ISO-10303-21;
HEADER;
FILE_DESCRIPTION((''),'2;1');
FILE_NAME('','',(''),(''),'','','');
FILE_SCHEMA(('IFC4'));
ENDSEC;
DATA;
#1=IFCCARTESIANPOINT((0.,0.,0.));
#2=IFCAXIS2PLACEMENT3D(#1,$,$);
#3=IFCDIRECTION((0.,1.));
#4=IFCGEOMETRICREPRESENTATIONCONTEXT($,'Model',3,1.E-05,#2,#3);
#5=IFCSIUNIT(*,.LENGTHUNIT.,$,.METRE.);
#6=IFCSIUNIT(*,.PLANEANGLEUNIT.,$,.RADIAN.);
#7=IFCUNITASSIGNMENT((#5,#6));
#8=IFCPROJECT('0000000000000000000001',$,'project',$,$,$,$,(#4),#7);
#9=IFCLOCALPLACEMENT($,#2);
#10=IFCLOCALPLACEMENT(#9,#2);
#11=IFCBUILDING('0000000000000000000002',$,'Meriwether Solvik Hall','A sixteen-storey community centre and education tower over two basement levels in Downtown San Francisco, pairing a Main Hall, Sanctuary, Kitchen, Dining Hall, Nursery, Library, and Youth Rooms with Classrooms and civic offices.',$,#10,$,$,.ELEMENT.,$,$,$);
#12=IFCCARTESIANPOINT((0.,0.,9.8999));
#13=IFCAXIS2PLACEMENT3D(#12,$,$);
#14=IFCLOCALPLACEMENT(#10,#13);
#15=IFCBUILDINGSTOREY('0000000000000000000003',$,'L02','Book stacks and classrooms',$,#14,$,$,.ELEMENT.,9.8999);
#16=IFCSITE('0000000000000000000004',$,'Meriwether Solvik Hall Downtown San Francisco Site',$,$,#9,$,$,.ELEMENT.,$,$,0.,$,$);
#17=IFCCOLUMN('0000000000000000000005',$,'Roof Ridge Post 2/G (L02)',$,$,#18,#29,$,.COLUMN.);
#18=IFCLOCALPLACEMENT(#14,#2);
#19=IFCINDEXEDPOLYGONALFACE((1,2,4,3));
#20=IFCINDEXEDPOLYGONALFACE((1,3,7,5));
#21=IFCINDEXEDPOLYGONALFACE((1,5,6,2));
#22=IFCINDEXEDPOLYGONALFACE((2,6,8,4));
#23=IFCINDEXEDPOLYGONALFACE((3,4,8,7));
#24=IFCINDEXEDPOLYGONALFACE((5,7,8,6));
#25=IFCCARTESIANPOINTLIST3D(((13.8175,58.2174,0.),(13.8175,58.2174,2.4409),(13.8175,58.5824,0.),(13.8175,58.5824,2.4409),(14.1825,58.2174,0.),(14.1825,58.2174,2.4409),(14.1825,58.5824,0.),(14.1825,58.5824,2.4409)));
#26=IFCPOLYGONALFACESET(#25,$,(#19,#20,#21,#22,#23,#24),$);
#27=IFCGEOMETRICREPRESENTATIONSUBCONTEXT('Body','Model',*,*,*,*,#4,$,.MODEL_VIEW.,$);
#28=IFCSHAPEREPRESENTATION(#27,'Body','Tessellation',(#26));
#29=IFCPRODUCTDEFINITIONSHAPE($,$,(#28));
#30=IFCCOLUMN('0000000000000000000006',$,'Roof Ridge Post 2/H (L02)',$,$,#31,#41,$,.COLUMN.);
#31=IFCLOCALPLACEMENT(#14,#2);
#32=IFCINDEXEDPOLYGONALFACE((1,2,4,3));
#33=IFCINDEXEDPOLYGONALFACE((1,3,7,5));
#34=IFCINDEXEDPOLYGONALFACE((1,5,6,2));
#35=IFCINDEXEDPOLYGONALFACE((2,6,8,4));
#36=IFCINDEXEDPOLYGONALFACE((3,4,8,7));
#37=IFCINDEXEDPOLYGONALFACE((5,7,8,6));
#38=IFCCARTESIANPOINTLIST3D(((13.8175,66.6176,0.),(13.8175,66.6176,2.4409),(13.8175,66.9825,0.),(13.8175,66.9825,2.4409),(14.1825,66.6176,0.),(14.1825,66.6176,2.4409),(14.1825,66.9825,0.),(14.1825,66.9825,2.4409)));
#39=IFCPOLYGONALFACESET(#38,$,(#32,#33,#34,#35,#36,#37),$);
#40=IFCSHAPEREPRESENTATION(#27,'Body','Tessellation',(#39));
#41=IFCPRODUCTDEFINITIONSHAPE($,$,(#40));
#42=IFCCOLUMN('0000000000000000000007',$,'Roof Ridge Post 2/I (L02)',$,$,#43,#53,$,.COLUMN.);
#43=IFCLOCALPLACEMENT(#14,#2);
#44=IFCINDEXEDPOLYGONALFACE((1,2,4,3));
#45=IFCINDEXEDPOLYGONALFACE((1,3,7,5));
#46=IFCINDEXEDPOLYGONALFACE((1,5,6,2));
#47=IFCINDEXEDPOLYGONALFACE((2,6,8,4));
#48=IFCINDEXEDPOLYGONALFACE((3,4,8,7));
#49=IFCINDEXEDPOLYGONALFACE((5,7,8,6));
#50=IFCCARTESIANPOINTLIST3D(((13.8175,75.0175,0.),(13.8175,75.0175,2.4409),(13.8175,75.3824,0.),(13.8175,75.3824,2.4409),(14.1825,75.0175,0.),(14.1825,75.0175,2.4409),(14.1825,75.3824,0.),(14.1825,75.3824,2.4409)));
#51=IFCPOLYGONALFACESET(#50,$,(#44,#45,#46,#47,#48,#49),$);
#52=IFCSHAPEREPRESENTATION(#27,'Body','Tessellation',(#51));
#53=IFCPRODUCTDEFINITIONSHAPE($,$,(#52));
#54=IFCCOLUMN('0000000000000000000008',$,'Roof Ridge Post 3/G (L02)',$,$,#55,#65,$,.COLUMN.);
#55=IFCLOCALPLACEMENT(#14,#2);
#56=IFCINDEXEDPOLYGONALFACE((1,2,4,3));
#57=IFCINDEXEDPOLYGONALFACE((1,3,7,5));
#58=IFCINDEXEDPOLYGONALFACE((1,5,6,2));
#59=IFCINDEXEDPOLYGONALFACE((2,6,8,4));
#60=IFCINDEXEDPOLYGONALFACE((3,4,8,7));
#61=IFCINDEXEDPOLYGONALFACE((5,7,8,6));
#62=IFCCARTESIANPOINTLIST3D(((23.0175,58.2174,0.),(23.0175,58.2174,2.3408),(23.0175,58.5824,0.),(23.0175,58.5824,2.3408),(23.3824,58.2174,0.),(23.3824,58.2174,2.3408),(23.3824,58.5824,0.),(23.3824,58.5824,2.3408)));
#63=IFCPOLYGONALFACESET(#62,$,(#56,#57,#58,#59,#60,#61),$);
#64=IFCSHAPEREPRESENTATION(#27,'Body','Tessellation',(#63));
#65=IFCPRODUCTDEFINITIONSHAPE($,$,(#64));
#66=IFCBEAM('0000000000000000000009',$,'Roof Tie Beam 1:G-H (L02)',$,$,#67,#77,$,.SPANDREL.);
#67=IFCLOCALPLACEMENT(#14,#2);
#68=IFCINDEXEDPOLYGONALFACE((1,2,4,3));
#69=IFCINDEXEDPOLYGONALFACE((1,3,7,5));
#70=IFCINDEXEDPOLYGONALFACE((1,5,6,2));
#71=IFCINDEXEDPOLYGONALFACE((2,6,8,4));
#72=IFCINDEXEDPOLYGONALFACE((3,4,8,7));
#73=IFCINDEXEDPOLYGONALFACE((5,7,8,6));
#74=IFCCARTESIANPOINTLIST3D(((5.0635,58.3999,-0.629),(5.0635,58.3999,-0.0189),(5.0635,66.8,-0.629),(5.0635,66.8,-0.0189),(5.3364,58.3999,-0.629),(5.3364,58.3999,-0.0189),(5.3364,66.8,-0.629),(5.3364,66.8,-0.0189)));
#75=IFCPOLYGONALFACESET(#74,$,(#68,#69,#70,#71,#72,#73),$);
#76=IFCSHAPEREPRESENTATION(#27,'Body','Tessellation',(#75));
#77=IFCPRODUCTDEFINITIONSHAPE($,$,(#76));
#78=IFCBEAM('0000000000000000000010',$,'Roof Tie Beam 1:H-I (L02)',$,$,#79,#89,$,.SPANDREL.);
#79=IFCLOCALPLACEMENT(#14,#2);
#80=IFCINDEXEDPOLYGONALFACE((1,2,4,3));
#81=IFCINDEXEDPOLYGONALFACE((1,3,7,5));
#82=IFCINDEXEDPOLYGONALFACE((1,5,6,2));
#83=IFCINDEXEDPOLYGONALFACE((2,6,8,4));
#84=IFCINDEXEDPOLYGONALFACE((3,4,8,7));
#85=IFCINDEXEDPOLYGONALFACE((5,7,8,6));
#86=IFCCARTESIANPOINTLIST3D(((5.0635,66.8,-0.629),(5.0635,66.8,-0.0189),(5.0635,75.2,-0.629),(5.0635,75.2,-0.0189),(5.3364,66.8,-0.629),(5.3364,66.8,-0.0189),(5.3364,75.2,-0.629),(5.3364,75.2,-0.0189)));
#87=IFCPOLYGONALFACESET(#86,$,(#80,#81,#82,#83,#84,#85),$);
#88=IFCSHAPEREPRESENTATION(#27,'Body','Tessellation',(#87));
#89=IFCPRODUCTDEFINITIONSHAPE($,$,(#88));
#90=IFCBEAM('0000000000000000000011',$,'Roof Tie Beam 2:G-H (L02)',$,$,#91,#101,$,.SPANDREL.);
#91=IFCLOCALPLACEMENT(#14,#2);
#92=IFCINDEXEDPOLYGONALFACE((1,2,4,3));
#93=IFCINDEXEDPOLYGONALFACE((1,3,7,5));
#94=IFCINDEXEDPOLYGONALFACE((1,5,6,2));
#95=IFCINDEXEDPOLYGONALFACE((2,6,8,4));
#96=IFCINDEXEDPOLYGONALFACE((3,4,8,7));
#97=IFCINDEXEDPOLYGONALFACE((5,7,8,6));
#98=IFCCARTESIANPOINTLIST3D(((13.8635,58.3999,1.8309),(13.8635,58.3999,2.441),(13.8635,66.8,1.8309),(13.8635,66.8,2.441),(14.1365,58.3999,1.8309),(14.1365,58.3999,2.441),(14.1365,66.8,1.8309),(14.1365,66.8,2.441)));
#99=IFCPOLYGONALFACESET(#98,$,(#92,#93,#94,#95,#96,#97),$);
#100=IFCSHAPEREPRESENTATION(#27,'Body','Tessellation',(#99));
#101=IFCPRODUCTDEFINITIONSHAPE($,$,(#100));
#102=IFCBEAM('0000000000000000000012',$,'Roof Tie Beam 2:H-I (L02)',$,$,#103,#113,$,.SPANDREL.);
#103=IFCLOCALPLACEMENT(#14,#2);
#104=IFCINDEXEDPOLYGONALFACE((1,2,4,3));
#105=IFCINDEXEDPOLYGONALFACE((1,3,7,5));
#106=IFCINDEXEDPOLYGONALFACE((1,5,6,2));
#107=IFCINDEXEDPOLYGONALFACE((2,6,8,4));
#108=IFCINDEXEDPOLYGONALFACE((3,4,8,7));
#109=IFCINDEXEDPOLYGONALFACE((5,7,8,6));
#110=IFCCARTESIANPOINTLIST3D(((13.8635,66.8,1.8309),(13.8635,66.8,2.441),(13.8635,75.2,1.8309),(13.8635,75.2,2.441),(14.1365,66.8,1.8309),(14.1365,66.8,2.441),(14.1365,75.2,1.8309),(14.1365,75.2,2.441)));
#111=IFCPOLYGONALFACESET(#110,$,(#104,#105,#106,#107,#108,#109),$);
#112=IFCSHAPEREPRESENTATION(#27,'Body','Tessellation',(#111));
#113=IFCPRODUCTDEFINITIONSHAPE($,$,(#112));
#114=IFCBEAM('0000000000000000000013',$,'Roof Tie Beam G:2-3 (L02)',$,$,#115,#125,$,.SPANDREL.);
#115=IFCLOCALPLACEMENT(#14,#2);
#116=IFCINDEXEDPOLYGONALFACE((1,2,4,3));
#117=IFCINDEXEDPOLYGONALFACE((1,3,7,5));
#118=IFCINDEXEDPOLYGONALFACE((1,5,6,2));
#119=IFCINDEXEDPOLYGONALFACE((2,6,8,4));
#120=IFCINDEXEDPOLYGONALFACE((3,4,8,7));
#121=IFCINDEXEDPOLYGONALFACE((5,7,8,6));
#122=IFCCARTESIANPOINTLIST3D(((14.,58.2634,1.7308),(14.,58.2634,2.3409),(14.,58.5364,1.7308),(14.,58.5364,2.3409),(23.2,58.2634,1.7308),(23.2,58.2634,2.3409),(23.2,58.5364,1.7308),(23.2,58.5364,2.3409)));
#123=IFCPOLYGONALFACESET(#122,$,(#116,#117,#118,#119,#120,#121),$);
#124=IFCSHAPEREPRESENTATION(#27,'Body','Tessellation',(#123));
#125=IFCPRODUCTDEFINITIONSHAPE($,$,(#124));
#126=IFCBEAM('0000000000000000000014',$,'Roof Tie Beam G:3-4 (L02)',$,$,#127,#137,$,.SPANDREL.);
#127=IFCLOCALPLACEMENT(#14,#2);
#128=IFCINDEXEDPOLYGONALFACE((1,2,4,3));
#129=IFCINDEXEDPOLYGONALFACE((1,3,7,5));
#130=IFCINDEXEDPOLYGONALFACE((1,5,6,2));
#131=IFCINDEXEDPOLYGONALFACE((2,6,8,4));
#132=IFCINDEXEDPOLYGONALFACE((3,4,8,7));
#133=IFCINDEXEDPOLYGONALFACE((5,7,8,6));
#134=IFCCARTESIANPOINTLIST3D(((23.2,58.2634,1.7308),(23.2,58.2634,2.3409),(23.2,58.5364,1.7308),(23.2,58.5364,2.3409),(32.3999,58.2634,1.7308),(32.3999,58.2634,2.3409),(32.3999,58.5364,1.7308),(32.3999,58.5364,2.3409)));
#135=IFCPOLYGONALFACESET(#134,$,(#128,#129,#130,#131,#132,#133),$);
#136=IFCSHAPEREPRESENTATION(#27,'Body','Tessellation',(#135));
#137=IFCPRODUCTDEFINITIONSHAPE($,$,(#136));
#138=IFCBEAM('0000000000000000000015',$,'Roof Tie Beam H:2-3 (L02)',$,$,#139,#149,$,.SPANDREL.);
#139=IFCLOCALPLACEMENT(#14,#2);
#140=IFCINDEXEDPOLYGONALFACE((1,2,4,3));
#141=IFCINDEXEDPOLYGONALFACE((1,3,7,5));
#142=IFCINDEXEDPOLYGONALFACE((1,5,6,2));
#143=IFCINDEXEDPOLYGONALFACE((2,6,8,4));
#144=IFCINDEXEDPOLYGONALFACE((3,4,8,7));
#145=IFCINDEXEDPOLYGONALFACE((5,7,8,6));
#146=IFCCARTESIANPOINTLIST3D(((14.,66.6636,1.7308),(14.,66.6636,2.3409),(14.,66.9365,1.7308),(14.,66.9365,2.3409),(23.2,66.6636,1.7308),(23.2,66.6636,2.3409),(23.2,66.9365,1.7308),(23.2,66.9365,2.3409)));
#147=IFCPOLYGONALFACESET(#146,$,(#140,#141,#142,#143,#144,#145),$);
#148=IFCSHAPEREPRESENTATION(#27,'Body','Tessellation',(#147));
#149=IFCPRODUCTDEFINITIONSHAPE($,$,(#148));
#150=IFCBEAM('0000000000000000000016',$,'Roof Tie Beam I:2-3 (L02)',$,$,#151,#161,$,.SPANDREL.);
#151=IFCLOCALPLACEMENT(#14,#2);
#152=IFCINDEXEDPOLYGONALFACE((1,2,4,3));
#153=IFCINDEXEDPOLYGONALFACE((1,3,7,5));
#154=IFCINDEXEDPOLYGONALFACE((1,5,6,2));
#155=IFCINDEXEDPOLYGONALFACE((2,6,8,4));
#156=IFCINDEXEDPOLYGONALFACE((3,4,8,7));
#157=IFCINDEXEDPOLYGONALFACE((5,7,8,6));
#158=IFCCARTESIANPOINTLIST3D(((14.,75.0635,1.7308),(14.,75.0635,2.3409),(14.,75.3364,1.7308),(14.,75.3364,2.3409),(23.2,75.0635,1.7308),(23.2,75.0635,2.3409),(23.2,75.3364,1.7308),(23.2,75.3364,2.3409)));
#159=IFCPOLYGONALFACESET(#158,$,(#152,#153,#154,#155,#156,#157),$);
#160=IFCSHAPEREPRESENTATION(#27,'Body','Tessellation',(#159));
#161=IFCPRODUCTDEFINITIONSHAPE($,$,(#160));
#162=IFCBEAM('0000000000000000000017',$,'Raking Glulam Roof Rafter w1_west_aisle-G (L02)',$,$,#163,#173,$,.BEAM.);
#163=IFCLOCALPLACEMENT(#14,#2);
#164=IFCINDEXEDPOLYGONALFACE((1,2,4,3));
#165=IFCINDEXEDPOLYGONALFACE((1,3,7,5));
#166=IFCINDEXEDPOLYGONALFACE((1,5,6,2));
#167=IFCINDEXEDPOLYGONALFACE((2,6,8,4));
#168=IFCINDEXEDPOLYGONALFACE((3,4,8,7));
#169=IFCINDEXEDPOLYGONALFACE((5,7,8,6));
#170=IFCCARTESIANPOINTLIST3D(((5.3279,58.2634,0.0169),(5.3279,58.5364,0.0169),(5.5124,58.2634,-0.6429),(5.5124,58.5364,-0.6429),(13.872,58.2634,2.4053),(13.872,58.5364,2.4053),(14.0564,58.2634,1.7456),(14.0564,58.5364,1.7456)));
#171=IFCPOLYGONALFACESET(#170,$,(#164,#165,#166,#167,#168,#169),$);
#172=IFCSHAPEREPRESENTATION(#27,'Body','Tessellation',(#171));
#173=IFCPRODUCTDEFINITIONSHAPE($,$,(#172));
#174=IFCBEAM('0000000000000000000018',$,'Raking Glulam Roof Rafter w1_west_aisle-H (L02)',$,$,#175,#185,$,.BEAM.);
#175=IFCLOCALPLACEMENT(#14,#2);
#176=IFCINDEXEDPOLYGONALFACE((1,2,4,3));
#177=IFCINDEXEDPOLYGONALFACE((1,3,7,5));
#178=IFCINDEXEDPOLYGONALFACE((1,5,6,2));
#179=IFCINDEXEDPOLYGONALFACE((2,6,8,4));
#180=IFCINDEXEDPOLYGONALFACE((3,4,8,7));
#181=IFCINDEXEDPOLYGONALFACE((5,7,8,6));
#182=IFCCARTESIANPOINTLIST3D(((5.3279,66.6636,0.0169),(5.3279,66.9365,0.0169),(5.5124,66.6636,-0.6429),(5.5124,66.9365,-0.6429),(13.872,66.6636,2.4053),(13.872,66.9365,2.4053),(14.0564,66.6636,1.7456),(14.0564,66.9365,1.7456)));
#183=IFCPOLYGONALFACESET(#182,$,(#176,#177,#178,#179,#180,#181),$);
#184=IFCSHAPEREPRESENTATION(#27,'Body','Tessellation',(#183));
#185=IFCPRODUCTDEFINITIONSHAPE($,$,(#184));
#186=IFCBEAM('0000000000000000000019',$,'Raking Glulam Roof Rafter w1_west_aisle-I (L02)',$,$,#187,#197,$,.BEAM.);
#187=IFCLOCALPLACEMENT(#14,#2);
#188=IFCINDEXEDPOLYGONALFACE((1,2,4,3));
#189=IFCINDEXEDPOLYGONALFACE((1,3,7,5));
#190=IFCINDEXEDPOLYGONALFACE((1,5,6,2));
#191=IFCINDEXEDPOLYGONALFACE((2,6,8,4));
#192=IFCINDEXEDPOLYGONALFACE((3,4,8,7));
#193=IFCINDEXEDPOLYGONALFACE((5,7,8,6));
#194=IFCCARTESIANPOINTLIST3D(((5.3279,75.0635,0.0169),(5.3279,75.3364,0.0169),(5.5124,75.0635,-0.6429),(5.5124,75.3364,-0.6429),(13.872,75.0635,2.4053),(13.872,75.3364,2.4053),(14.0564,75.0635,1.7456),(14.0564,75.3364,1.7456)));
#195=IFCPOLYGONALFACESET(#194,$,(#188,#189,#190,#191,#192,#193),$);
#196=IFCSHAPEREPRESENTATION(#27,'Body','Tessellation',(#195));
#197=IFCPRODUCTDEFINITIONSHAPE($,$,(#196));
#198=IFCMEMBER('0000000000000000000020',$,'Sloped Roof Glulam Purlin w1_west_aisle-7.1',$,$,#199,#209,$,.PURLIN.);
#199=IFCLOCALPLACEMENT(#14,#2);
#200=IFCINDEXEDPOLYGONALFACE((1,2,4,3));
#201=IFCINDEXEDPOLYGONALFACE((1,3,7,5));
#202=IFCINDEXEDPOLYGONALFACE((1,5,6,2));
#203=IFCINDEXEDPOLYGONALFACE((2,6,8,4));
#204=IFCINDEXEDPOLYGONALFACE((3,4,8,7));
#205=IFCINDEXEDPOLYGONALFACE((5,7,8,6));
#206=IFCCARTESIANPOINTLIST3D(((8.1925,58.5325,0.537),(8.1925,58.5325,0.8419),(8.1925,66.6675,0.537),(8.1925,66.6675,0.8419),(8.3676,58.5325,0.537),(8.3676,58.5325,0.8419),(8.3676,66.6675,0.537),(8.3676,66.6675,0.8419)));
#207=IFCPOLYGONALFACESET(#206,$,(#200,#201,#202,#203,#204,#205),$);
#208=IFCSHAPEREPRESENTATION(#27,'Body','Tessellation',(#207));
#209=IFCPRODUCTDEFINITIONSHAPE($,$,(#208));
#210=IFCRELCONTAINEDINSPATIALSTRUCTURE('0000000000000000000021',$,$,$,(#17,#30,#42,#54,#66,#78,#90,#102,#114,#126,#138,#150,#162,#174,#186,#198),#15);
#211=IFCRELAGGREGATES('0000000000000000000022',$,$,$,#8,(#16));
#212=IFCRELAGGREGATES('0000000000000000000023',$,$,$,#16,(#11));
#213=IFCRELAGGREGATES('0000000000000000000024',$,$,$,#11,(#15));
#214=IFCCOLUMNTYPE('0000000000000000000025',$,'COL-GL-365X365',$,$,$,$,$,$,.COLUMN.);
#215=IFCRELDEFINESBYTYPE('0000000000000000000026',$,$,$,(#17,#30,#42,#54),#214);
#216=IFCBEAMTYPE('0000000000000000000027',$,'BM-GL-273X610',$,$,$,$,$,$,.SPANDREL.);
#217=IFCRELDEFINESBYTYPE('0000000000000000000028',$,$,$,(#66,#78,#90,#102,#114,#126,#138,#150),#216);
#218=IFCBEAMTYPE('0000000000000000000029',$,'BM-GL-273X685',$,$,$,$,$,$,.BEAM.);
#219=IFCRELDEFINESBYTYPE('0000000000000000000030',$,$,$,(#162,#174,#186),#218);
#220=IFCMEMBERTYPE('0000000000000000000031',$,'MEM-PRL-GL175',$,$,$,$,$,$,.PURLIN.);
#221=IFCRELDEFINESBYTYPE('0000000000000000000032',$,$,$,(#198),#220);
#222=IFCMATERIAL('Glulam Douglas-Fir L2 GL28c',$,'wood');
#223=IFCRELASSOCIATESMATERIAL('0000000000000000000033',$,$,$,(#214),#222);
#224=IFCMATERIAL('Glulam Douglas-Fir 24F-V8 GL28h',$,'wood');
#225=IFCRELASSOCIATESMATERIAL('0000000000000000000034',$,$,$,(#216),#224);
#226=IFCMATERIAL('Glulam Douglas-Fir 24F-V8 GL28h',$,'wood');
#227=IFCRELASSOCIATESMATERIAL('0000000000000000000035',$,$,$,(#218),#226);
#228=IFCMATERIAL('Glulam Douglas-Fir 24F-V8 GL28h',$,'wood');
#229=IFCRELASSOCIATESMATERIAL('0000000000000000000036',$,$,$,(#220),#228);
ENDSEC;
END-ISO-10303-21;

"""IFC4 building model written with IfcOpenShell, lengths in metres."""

from ifc_helpers import new_model, si_unit, direction, frame, origin, origin_2d, place, context, subcontext, project, spatial, rectangle, extrude, material, material_profile, profile_set, type_object, element, save


model = new_model("IFC4")

# Units and contexts
model_context = context("Model", 3, precision=1e-05, world=origin(), true_north=direction((0.0, 1.0)))
body_context = subcontext(model_context, "Body", "Model", "MODEL_VIEW")
ifc_project = project(units=[si_unit("LENGTHUNIT", "METRE"), si_unit("PLANEANGLEUNIT", "RADIAN")], contexts=[model_context])

# Site, building, storey
site_placement = place(None, origin())
site = spatial("IfcSite", under=ifc_project, at=site_placement, Name="Meriwether Solvik Hall Downtown San Francisco Site", CompositionType="ELEMENT", RefElevation=0.0)
building_placement = place(site_placement, origin())
building = spatial("IfcBuilding", under=site, at=building_placement, Name="Meriwether Solvik Hall", Description="A sixteen-storey community centre and education tower over two basement levels in Downtown San Francisco, pairing a Main Hall, Sanctuary, Kitchen, Dining Hall, Nursery, Library, and Youth Rooms with Classrooms and civic offices.", CompositionType="ELEMENT")
storey_placement = place(building_placement, frame((0.0, 0.0, 9.8999)))
storey = spatial("IfcBuildingStorey", under=building, at=storey_placement, Name="L02", Description="Book stacks and classrooms", CompositionType="ELEMENT", Elevation=9.8999)

# Columns
ifc_material_1 = material(Name="Glulam Douglas-Fir L2 GL28c", Category="wood")
ifc_material_profile_1 = material_profile(ifc_material_1, rectangle(XDim=0.365, YDim=0.365, at=origin_2d()), Name="GLC-365X365")
ifc_profile_set_1 = profile_set([ifc_material_profile_1], Name="Glulam Douglas-Fir L2 GL28c")
column_type = type_object("IfcColumnType", Name="COL-GL-365X365", PredefinedType="COLUMN", material=ifc_profile_set_1)
for number, where, z_axis, x_axis, name in (
    (1, (14.0, 58.3999, 0.0), (0.0, 0.0, 1.0), (1.0, 0.0, 0.0), "Roof Ridge Post 2/G (L02)"),
    (2, (14.0, 66.8, 0.0), (0.0, 0.0, 1.0), (1.0, 0.0, 0.0), "Roof Ridge Post 2/H (L02)"),
    (3, (14.0, 75.2, 0.0), (0.0, 0.0, 1.0), (1.0, 0.0, 0.0), "Roof Ridge Post 2/I (L02)"),
):
    element("IfcColumn", number, at=place(storey_placement, frame(where, z_axis=z_axis, x_axis=x_axis)), inside=storey, type_object=column_type, Name=name, PredefinedType="COLUMN", context=body_context, shape_type="SweptSolid", body=[
        extrude(rectangle(XDim=0.365, YDim=0.365, at=origin_2d()), origin(), (0.0, 0.0, 1.0), 2.4409),
    ])
column_placement = place(storey_placement, frame((23.2, 58.3999, 0.0), z_axis=(0.0, 0.0, 1.0), x_axis=(1.0, 0.0, 0.0)))
element("IfcColumn", 4, at=column_placement, inside=storey, type_object=column_type, Name="Roof Ridge Post 3/G (L02)", PredefinedType="COLUMN", context=body_context, shape_type="SweptSolid", body=[
    extrude(rectangle(XDim=0.365, YDim=0.365, at=origin_2d()), origin(), (0.0, 0.0, 1.0), 2.3408),
])

# Beams
ifc_material_2 = material(Name="Glulam Douglas-Fir 24F-V8 GL28h", Category="wood")
ifc_material_profile_2 = material_profile(ifc_material_2, rectangle(XDim=0.2729, YDim=0.6101, at=origin_2d()), Name="GLB-273X610")
ifc_profile_set_2 = profile_set([ifc_material_profile_2], Name="Glulam Douglas-Fir 24F-V8 GL28h")
beam_type_1 = type_object("IfcBeamType", Name="BM-GL-273X610", PredefinedType="SPANDREL", material=ifc_profile_set_2)
beam_1_placement = place(storey_placement, frame((5.2, 58.3999, -0.324), z_axis=(0.0, 1.0, 0.0), x_axis=(-1.0, 0.0, 0.0)))
element("IfcBeam", 5, at=beam_1_placement, inside=storey, type_object=beam_type_1, Name="Roof Tie Beam 1:G-H (L02)", PredefinedType="SPANDREL", context=body_context, shape_type="SweptSolid", body=[
    extrude(rectangle(XDim=0.2729, YDim=0.6101, at=origin_2d()), origin(), (0.0, 0.0, 1.0), 8.4001),
])
beam_2_placement = place(storey_placement, frame((5.2, 66.8, -0.324), z_axis=(0.0, 1.0, 0.0), x_axis=(-1.0, 0.0, 0.0)))
element("IfcBeam", 6, at=beam_2_placement, inside=storey, type_object=beam_type_1, Name="Roof Tie Beam 1:H-I (L02)", PredefinedType="SPANDREL", context=body_context, shape_type="SweptSolid", body=[
    extrude(rectangle(XDim=0.2729, YDim=0.6101, at=origin_2d()), origin(), (0.0, 0.0, 1.0), 8.3999),
])
beam_3_placement = place(storey_placement, frame((14.0, 58.3999, 2.136), z_axis=(0.0, 1.0, 0.0), x_axis=(-1.0, 0.0, 0.0)))
element("IfcBeam", 7, at=beam_3_placement, inside=storey, type_object=beam_type_1, Name="Roof Tie Beam 2:G-H (L02)", PredefinedType="SPANDREL", context=body_context, shape_type="SweptSolid", body=[
    extrude(rectangle(XDim=0.2729, YDim=0.6101, at=origin_2d()), origin(), (0.0, 0.0, 1.0), 8.4001),
])
beam_4_placement = place(storey_placement, frame((14.0, 66.8, 2.136), z_axis=(0.0, 1.0, 0.0), x_axis=(-1.0, 0.0, 0.0)))
element("IfcBeam", 8, at=beam_4_placement, inside=storey, type_object=beam_type_1, Name="Roof Tie Beam 2:H-I (L02)", PredefinedType="SPANDREL", context=body_context, shape_type="SweptSolid", body=[
    extrude(rectangle(XDim=0.2729, YDim=0.6101, at=origin_2d()), origin(), (0.0, 0.0, 1.0), 8.3999),
])
for number, where, z_axis, x_axis, name in (
    (9, (14.0, 58.3999, 2.0359), (1.0, 0.0, 0.0), (0.0, 1.0, 0.0), "Roof Tie Beam G:2-3 (L02)"),
    (10, (23.2, 58.3999, 2.0359), (1.0, 0.0, 0.0), (0.0, 1.0, 0.0), "Roof Tie Beam G:3-4 (L02)"),
    (11, (14.0, 66.8, 2.0359), (1.0, 0.0, 0.0), (0.0, 1.0, 0.0), "Roof Tie Beam H:2-3 (L02)"),
    (12, (14.0, 75.2, 2.0359), (1.0, 0.0, 0.0), (0.0, 1.0, 0.0), "Roof Tie Beam I:2-3 (L02)"),
):
    element("IfcBeam", number, at=place(storey_placement, frame(where, z_axis=z_axis, x_axis=x_axis)), inside=storey, type_object=beam_type_1, Name=name, PredefinedType="SPANDREL", context=body_context, shape_type="SweptSolid", body=[
        extrude(rectangle(XDim=0.2729, YDim=0.6101, at=origin_2d()), origin(), (0.0, 0.0, 1.0), 9.2),
    ])
ifc_material_3 = material(Name="Glulam Douglas-Fir 24F-V8 GL28h", Category="wood")
ifc_material_profile_3 = material_profile(ifc_material_3, rectangle(XDim=0.2729, YDim=0.6851, at=origin_2d()), Name="GLB-273X685")
ifc_profile_set_3 = profile_set([ifc_material_profile_3], Name="Glulam Douglas-Fir 24F-V8 GL28h")
beam_type_2 = type_object("IfcBeamType", Name="BM-GL-273X685", PredefinedType="BEAM", material=ifc_profile_set_3)
for number, where, z_axis, x_axis, name in (
    (13, (5.4202, 58.3999, -0.313), (0.963077, 0.0, 0.269225), (0.0, 1.0, 0.0), "Raking Glulam Roof Rafter w1_west_aisle-G (L02)"),
    (14, (5.4202, 66.8, -0.313), (0.963077, 0.0, 0.269225), (0.0, 1.0, 0.0), "Raking Glulam Roof Rafter w1_west_aisle-H (L02)"),
    (15, (5.4202, 75.2, -0.313), (0.963077, 0.0, 0.269225), (0.0, 1.0, 0.0), "Raking Glulam Roof Rafter w1_west_aisle-I (L02)"),
):
    element("IfcBeam", number, at=place(storey_placement, frame(where, z_axis=z_axis, x_axis=x_axis)), inside=storey, type_object=beam_type_2, Name=name, PredefinedType="BEAM", context=body_context, shape_type="SweptSolid", body=[
        extrude(rectangle(XDim=0.2729, YDim=0.6851, at=origin_2d()), origin(), (0.0, 0.0, 1.0), 8.8716),
    ])

# Member
ifc_material_4 = material(Name="Glulam Douglas-Fir 24F-V8 GL28h", Category="wood")
ifc_material_profile_4 = material_profile(ifc_material_4, rectangle(XDim=0.175, YDim=0.3049, at=origin_2d()), Name="GLM-175X305")
ifc_profile_set_4 = profile_set([ifc_material_profile_4], Name="Glulam Douglas-Fir 24F-V8 GL28h")
member_type = type_object("IfcMemberType", Name="MEM-PRL-GL175", PredefinedType="PURLIN", material=ifc_profile_set_4)
for number, where, z_axis, x_axis, name in (
    (16, (8.28, 58.5325, 0.6895), (0.0, 1.0, 0.0), (-1.0, 0.0, 0.0), "Sloped Roof Glulam Purlin w1_west_aisle-7.1"),
):
    element("IfcMember", number, at=place(storey_placement, frame(where, z_axis=z_axis, x_axis=x_axis)), inside=storey, type_object=member_type, Name=name, PredefinedType="PURLIN", context=body_context, shape_type="SweptSolid", body=[
        extrude(rectangle(XDim=0.175, YDim=0.3049, at=origin_2d()), origin(), (0.0, 0.0, 1.0), 8.135),
    ])

save(model, "model.ifc")
